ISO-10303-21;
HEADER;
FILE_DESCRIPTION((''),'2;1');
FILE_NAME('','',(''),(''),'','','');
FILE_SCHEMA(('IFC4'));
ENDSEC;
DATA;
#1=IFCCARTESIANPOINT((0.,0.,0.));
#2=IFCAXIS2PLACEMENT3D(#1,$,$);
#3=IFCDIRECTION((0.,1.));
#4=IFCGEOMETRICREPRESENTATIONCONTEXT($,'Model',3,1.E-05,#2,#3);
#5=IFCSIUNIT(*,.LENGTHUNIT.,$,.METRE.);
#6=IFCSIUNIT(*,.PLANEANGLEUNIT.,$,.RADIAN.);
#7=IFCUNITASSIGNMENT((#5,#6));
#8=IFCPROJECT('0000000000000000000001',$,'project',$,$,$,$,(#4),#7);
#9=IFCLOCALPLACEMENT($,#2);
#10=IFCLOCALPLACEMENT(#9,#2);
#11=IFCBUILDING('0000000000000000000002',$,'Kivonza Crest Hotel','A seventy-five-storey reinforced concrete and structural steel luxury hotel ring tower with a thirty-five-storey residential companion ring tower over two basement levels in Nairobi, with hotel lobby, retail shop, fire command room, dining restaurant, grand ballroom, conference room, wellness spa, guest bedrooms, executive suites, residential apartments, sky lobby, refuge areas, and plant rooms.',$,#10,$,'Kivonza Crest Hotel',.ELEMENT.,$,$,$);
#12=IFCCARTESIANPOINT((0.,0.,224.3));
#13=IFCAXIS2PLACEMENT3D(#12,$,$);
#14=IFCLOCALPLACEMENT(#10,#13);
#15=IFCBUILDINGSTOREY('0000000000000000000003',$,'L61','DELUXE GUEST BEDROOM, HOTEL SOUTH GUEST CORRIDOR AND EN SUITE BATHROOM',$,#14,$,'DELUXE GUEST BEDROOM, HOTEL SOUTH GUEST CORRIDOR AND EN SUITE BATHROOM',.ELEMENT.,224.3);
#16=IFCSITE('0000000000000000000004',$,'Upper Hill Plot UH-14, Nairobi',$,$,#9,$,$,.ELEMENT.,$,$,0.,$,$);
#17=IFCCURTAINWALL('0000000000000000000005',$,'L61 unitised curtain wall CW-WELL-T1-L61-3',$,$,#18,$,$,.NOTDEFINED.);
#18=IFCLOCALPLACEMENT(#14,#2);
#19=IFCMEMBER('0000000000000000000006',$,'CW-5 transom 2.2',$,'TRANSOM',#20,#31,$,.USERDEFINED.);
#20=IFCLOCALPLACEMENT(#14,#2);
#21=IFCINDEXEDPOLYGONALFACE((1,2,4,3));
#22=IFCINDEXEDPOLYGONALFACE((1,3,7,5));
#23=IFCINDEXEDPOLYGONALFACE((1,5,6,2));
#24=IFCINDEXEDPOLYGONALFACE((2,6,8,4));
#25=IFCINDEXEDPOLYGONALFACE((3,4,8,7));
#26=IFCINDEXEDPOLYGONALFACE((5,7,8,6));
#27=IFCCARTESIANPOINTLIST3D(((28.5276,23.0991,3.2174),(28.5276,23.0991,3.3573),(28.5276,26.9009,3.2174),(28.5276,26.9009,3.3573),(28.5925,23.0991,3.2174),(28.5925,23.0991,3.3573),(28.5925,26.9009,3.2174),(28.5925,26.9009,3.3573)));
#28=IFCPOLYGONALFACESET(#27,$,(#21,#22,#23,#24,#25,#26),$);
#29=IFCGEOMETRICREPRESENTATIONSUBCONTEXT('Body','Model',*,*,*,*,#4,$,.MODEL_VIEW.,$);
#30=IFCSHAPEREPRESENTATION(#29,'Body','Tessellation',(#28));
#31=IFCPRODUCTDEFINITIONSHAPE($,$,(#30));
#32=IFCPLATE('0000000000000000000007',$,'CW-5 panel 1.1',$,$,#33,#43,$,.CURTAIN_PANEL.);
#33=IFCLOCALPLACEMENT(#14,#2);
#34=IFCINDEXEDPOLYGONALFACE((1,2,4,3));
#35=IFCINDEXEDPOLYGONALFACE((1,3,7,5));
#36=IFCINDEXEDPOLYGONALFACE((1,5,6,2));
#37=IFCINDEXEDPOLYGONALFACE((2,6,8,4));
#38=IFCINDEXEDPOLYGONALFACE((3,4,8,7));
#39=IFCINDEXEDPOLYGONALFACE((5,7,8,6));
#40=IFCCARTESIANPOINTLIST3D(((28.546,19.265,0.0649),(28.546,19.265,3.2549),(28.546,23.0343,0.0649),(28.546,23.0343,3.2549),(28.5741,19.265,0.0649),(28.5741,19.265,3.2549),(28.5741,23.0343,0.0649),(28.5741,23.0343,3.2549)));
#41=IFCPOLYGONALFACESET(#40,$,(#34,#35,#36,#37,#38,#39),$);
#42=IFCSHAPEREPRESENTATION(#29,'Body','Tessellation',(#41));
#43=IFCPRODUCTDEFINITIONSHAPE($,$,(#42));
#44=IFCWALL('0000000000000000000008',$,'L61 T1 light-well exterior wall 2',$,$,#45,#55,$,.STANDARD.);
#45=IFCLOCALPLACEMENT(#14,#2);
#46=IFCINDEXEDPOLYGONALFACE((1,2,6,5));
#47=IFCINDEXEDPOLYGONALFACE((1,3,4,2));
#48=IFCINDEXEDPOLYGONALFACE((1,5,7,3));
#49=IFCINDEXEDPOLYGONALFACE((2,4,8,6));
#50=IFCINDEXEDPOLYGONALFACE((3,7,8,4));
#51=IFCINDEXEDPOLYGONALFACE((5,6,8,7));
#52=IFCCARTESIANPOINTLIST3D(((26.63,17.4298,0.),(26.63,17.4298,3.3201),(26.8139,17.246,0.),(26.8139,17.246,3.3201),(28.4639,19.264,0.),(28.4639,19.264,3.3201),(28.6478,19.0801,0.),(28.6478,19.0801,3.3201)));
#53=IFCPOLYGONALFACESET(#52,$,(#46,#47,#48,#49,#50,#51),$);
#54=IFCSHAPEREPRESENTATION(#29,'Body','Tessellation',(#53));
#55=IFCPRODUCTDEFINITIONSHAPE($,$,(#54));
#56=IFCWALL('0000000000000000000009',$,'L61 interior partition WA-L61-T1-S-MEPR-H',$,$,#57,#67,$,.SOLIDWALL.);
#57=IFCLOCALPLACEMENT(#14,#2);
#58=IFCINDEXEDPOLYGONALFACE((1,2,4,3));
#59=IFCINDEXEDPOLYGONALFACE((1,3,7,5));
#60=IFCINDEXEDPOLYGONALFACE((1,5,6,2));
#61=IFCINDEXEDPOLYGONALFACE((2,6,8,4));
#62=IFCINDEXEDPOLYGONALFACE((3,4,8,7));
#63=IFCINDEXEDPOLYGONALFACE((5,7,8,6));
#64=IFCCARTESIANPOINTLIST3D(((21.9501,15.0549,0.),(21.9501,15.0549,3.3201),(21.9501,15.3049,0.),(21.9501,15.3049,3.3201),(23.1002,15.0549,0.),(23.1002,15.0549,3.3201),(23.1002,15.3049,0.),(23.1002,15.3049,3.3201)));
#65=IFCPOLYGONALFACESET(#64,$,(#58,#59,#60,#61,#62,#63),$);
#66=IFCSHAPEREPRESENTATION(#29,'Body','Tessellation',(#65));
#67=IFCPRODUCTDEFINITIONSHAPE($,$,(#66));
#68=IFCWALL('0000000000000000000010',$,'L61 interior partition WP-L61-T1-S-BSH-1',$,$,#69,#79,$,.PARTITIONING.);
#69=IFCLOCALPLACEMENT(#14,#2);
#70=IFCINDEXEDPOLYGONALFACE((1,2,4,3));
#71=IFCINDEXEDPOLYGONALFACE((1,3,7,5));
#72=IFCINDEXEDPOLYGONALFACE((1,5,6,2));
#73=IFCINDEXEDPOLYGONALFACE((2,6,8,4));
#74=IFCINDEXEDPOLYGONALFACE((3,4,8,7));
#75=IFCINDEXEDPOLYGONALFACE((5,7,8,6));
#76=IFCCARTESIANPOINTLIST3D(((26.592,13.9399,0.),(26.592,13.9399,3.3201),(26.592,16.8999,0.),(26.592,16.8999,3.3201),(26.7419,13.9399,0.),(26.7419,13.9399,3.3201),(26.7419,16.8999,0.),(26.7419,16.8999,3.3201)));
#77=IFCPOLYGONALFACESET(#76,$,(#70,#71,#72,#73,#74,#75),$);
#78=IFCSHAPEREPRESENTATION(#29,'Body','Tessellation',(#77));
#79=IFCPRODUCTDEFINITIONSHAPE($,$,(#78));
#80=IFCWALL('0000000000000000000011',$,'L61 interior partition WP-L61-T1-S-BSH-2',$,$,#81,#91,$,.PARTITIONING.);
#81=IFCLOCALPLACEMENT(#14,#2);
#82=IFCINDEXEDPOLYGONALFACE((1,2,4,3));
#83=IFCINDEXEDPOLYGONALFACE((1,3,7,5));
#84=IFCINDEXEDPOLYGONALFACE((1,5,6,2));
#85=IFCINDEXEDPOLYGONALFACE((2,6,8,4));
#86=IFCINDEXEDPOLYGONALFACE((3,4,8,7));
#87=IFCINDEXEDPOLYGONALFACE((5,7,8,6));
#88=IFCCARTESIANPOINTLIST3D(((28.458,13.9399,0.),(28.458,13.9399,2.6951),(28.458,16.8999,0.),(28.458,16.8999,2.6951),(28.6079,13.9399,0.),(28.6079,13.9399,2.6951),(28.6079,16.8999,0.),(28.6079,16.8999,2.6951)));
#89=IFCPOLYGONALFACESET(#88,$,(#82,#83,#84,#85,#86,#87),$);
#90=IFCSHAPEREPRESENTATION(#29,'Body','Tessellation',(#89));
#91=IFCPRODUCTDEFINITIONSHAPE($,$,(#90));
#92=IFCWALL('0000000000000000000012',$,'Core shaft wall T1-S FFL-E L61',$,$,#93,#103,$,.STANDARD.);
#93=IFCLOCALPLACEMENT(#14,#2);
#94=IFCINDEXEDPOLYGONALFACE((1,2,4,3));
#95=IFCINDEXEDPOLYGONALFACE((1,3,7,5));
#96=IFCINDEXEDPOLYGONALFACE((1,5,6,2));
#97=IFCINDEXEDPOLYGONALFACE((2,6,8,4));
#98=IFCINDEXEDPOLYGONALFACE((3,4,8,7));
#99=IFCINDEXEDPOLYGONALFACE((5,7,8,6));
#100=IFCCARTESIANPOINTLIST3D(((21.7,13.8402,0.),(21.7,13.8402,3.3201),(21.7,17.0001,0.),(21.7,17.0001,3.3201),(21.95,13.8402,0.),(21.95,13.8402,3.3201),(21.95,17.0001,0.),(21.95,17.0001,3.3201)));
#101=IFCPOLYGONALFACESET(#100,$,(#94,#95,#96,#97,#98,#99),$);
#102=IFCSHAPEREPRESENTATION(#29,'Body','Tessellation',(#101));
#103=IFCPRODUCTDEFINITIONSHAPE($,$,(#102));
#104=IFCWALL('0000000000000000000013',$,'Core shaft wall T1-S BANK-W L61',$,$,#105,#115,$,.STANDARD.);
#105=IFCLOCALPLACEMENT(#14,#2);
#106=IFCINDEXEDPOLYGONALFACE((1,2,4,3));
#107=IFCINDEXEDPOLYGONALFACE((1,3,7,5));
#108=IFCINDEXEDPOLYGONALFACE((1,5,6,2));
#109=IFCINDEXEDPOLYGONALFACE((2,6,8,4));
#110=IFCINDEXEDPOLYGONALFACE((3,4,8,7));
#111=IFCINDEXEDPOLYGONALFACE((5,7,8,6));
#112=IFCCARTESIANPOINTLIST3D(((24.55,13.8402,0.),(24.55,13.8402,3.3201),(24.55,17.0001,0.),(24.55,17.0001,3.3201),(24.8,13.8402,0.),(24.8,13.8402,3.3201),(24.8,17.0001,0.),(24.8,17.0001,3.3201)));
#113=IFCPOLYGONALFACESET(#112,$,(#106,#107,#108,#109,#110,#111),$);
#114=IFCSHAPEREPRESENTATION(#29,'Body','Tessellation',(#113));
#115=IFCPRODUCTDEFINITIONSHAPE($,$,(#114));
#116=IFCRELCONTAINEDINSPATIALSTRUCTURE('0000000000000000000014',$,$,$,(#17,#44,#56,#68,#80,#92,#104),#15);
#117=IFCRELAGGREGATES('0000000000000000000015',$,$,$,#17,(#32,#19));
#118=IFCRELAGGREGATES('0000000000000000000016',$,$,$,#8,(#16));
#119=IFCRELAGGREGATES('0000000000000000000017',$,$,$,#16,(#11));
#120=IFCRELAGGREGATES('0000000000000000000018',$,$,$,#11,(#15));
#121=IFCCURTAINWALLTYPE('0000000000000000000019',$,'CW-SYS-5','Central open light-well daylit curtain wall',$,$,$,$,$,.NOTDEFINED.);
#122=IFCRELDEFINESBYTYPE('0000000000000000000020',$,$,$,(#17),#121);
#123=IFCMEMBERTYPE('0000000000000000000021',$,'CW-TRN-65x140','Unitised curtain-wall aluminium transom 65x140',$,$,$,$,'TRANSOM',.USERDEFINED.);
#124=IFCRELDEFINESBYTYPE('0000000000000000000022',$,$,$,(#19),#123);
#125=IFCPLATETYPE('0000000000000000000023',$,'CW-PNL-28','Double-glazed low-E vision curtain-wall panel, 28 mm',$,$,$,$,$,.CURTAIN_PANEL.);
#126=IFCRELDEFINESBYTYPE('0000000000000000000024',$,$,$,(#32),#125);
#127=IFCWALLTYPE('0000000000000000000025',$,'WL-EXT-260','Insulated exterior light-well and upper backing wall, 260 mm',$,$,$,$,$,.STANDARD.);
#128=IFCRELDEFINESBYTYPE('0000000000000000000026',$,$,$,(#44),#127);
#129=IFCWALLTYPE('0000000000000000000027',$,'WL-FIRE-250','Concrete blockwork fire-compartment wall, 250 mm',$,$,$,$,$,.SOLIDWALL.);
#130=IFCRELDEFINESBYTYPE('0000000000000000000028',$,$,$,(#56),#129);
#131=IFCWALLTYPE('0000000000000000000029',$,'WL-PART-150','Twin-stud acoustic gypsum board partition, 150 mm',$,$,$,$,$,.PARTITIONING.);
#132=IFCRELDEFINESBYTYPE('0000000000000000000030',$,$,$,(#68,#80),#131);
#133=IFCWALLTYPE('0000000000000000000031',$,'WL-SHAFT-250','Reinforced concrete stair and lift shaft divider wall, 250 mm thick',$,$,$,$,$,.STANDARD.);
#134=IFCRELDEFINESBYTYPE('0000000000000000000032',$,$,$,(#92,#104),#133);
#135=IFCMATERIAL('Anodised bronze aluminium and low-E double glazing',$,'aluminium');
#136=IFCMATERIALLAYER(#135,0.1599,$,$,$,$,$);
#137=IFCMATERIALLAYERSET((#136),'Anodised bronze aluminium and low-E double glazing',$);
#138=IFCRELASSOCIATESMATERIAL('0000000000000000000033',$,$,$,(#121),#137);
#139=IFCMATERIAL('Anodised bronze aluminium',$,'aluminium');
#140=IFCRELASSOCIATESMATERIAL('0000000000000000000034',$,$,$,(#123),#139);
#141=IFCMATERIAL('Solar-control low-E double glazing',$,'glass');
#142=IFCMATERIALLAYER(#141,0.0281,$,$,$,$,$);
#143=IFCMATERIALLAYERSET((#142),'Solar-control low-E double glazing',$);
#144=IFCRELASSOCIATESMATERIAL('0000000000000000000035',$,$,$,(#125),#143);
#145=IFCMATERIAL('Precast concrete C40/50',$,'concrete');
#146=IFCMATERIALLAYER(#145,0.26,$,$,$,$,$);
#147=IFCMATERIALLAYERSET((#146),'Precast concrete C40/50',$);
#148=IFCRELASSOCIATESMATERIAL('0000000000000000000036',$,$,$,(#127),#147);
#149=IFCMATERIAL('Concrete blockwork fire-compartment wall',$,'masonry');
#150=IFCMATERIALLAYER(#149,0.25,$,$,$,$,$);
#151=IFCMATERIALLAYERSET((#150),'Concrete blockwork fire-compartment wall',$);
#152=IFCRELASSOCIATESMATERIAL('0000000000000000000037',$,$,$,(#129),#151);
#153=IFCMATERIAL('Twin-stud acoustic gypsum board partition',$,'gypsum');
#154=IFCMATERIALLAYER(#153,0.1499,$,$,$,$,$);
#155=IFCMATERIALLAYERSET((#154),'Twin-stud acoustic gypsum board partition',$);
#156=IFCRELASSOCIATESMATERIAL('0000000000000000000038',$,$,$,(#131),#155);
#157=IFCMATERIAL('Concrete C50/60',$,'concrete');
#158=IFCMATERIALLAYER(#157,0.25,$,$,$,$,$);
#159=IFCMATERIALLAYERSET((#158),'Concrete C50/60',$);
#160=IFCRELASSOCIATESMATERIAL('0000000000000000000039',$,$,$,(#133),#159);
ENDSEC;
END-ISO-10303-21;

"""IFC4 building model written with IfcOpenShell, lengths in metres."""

from ifc_helpers import new_model, si_unit, direction, frame, frame_2d, origin, origin_2d, place, context, subcontext, project, spatial, rectangle, extrude, material, layer, layer_set, material_profile, profile_set, type_object, element, aggregate, save


model = new_model("IFC4")

# Units and contexts
model_context = context("Model", 3, precision=1e-05, world=origin(), true_north=direction((0.0, 1.0)))
body_context = subcontext(model_context, "Body", "Model", "MODEL_VIEW")
ifc_project = project(units=[si_unit("LENGTHUNIT", "METRE"), si_unit("PLANEANGLEUNIT", "RADIAN")], contexts=[model_context])

# Site, building, storey
site_placement = place(None, origin())
site = spatial("IfcSite", under=ifc_project, at=site_placement, Name="Upper Hill Plot UH-14, Nairobi", CompositionType="ELEMENT", RefElevation=0.0)
building_placement = place(site_placement, origin())
building = spatial("IfcBuilding", under=site, at=building_placement, Name="Kivonza Crest Hotel", Description="A seventy-five-storey reinforced concrete and structural steel luxury hotel ring tower with a thirty-five-storey residential companion ring tower over two basement levels in Nairobi, with hotel lobby, retail shop, fire command room, dining restaurant, grand ballroom, conference room, wellness spa, guest bedrooms, executive suites, residential apartments, sky lobby, refuge areas, and plant rooms.", LongName="Kivonza Crest Hotel", CompositionType="ELEMENT")
storey_placement = place(building_placement, frame((0.0, 0.0, 224.3)))
storey = spatial("IfcBuildingStorey", under=building, at=storey_placement, Name="L61", Description="DELUXE GUEST BEDROOM, HOTEL SOUTH GUEST CORRIDOR AND EN SUITE BATHROOM", LongName="DELUXE GUEST BEDROOM, HOTEL SOUTH GUEST CORRIDOR AND EN SUITE BATHROOM", CompositionType="ELEMENT", Elevation=224.3)

# Shared definitions
ifc_material_1 = material(Name="Concrete C50/60", Category="concrete")

# Curtain wall, member, plate
ifc_material_2 = material(Name="Anodised bronze aluminium and low-E double glazing", Category="aluminium")
ifc_layer_1 = layer(ifc_material_2, 0.1599)
ifc_layer_set_1 = layer_set([ifc_layer_1], Name="Anodised bronze aluminium and low-E double glazing")
curtain_wall_type = type_object("IfcCurtainWallType", Name="CW-SYS-5", Description="Central open light-well daylit curtain wall", PredefinedType="NOTDEFINED", material=ifc_layer_set_1)
curtain_wall_placement = place(storey_placement, origin())
curtain_wall = element("IfcCurtainWall", 1, at=curtain_wall_placement, inside=storey, type_object=curtain_wall_type, Name="L61 unitised curtain wall CW-WELL-T1-L61-3", PredefinedType="NOTDEFINED")
ifc_material_3 = material(Name="Anodised bronze aluminium", Category="aluminium")
ifc_material_profile_1 = material_profile(ifc_material_3, rectangle(XDim=0.0649, YDim=0.1399, at=origin_2d()), Name="CW-T 65x140")
ifc_profile_set_1 = profile_set([ifc_material_profile_1], Name="Anodised bronze aluminium")
member_type_1 = type_object("IfcMemberType", Name="CW-TRN-65x140", Description="Unitised curtain-wall aluminium transom 65x140", ElementType="TRANSOM", PredefinedType="USERDEFINED", material=ifc_profile_set_1)
member_1_placement = place(storey_placement, frame((28.5601, 23.0991, 3.2874), z_axis=(0.0, 1.0, 0.0), x_axis=(-1.0, 0.0, 0.0)))
member_1 = element("IfcMember", 2, at=member_1_placement, type_object=member_type_1, Name="CW-5 transom 2.2", ObjectType="TRANSOM", PredefinedType="USERDEFINED", context=body_context, shape_type="SweptSolid", body=[
    extrude(rectangle(XDim=0.0649, YDim=0.1399, at=origin_2d()), origin(), (0.0, 0.0, 1.0), 3.8018),
])
ifc_material_4 = material(Name="Solar-control low-E double glazing", Category="glass")
ifc_layer_2 = layer(ifc_material_4, 0.0281)
ifc_layer_set_2 = layer_set([ifc_layer_2], Name="Solar-control low-E double glazing")
plate_type = type_object("IfcPlateType", Name="CW-PNL-28", Description="Double-glazed low-E vision curtain-wall panel, 28 mm", PredefinedType="CURTAIN_PANEL", material=ifc_layer_set_2)
plate_placement = place(storey_placement, frame((28.5601, 21.1497, 0.0649), z_axis=(0.0, 0.0, 1.0), x_axis=(0.0, 1.0, 0.0)))
plate = element("IfcPlate", 3, at=plate_placement, type_object=plate_type, Name="CW-5 panel 1.1", PredefinedType="CURTAIN_PANEL", context=body_context, shape_type="SweptSolid", body=[
    extrude(rectangle(XDim=3.7693, YDim=0.0281, at=origin_2d()), origin(), (0.0, 0.0, 1.0), 3.1899),
])
aggregate(curtain_wall, [plate, member_1])

# Walls
ifc_material_5 = material(Name="Precast concrete C40/50", Category="concrete")
ifc_layer_3 = layer(ifc_material_5, 0.26)
ifc_layer_set_3 = layer_set([ifc_layer_3], Name="Precast concrete C40/50")
wall_type_1 = type_object("IfcWallType", Name="WL-EXT-260", Description="Insulated exterior light-well and upper backing wall, 260 mm", PredefinedType="STANDARD", material=ifc_layer_set_3)
wall_1_placement = place(storey_placement, frame((26.7219, 17.3379, 0.0), z_axis=(0.0, 0.0, 1.0), x_axis=(0.70706, 0.707154, 0.0)))
element("IfcWall", 4, at=wall_1_placement, inside=storey, type_object=wall_type_1, Name="L61 T1 light-well exterior wall 2", PredefinedType="STANDARD", context=body_context, shape_type="SweptSolid", body=[
    extrude(rectangle(XDim=2.5938, YDim=0.26, at=frame_2d((1.2969, 0.0))), origin(), (0.0, 0.0, 1.0), 3.3201),
])
ifc_material_6 = material(Name="Concrete blockwork fire-compartment wall", Category="masonry")
ifc_layer_4 = layer(ifc_material_6, 0.25)
ifc_layer_set_4 = layer_set([ifc_layer_4], Name="Concrete blockwork fire-compartment wall")
wall_type_2 = type_object("IfcWallType", Name="WL-FIRE-250", Description="Concrete blockwork fire-compartment wall, 250 mm", PredefinedType="SOLIDWALL", material=ifc_layer_set_4)
wall_2_placement = place(storey_placement, frame((21.95, 15.1799, 0.0), z_axis=(0.0, 0.0, 1.0), x_axis=(1.0, 0.0, 0.0)))
element("IfcWall", 5, at=wall_2_placement, inside=storey, type_object=wall_type_2, Name="L61 interior partition WA-L61-T1-S-MEPR-H", PredefinedType="SOLIDWALL", context=body_context, shape_type="SweptSolid", body=[
    extrude(rectangle(XDim=1.1501, YDim=0.25, at=frame_2d((0.5752, 0.0))), origin(), (0.0, 0.0, 1.0), 3.3201),
])
ifc_material_7 = material(Name="Twin-stud acoustic gypsum board partition", Category="gypsum")
ifc_layer_5 = layer(ifc_material_7, 0.1499)
ifc_layer_set_5 = layer_set([ifc_layer_5], Name="Twin-stud acoustic gypsum board partition")
wall_type_3 = type_object("IfcWallType", Name="WL-PART-150", Description="Twin-stud acoustic gypsum board partition, 150 mm", PredefinedType="PARTITIONING", material=ifc_layer_set_5)
wall_3_placement = place(storey_placement, frame((26.667, 13.9399, 0.0), z_axis=(0.0, 0.0, 1.0), x_axis=(0.0, 1.0, 0.0)))
element("IfcWall", 6, at=wall_3_placement, inside=storey, type_object=wall_type_3, Name="L61 interior partition WP-L61-T1-S-BSH-1", PredefinedType="PARTITIONING", context=body_context, shape_type="SweptSolid", body=[
    extrude(rectangle(XDim=2.96, YDim=0.1499, at=frame_2d((1.48, 0.0))), origin(), (0.0, 0.0, 1.0), 3.3201),
])
wall_4_placement = place(storey_placement, frame((28.533, 13.9399, 0.0), z_axis=(0.0, 0.0, 1.0), x_axis=(0.0, 1.0, 0.0)))
element("IfcWall", 7, at=wall_4_placement, inside=storey, type_object=wall_type_3, Name="L61 interior partition WP-L61-T1-S-BSH-2", PredefinedType="PARTITIONING", context=body_context, shape_type="SweptSolid", body=[
    extrude(rectangle(XDim=2.96, YDim=0.1499, at=frame_2d((1.48, 0.0))), origin(), (0.0, 0.0, 1.0), 2.6951),
])
ifc_layer_6 = layer(ifc_material_1, 0.25)
ifc_layer_set_6 = layer_set([ifc_layer_6], Name="Concrete C50/60")
wall_type_4 = type_object("IfcWallType", Name="WL-SHAFT-250", Description="Reinforced concrete stair and lift shaft divider wall, 250 mm thick", PredefinedType="STANDARD", material=ifc_layer_set_6)
for number, where, z_axis, x_axis, name in (
    (8, (21.825, 13.8401, 0.0), (0.0, 0.0, 1.0), (0.0, 1.0, 0.0), "Core shaft wall T1-S FFL-E L61"),
    (9, (24.675, 13.8401, 0.0), (0.0, 0.0, 1.0), (0.0, 1.0, 0.0), "Core shaft wall T1-S BANK-W L61"),
):
    element("IfcWall", number, at=place(storey_placement, frame(where, z_axis=z_axis, x_axis=x_axis)), inside=storey, type_object=wall_type_4, Name=name, PredefinedType="STANDARD", context=body_context, shape_type="SweptSolid", body=[
        extrude(rectangle(XDim=3.1599, YDim=0.25, at=frame_2d((1.5801, 0.0))), origin(), (0.0, 0.0, 1.0), 3.3201),
    ])

save(model, "model.ifc")
